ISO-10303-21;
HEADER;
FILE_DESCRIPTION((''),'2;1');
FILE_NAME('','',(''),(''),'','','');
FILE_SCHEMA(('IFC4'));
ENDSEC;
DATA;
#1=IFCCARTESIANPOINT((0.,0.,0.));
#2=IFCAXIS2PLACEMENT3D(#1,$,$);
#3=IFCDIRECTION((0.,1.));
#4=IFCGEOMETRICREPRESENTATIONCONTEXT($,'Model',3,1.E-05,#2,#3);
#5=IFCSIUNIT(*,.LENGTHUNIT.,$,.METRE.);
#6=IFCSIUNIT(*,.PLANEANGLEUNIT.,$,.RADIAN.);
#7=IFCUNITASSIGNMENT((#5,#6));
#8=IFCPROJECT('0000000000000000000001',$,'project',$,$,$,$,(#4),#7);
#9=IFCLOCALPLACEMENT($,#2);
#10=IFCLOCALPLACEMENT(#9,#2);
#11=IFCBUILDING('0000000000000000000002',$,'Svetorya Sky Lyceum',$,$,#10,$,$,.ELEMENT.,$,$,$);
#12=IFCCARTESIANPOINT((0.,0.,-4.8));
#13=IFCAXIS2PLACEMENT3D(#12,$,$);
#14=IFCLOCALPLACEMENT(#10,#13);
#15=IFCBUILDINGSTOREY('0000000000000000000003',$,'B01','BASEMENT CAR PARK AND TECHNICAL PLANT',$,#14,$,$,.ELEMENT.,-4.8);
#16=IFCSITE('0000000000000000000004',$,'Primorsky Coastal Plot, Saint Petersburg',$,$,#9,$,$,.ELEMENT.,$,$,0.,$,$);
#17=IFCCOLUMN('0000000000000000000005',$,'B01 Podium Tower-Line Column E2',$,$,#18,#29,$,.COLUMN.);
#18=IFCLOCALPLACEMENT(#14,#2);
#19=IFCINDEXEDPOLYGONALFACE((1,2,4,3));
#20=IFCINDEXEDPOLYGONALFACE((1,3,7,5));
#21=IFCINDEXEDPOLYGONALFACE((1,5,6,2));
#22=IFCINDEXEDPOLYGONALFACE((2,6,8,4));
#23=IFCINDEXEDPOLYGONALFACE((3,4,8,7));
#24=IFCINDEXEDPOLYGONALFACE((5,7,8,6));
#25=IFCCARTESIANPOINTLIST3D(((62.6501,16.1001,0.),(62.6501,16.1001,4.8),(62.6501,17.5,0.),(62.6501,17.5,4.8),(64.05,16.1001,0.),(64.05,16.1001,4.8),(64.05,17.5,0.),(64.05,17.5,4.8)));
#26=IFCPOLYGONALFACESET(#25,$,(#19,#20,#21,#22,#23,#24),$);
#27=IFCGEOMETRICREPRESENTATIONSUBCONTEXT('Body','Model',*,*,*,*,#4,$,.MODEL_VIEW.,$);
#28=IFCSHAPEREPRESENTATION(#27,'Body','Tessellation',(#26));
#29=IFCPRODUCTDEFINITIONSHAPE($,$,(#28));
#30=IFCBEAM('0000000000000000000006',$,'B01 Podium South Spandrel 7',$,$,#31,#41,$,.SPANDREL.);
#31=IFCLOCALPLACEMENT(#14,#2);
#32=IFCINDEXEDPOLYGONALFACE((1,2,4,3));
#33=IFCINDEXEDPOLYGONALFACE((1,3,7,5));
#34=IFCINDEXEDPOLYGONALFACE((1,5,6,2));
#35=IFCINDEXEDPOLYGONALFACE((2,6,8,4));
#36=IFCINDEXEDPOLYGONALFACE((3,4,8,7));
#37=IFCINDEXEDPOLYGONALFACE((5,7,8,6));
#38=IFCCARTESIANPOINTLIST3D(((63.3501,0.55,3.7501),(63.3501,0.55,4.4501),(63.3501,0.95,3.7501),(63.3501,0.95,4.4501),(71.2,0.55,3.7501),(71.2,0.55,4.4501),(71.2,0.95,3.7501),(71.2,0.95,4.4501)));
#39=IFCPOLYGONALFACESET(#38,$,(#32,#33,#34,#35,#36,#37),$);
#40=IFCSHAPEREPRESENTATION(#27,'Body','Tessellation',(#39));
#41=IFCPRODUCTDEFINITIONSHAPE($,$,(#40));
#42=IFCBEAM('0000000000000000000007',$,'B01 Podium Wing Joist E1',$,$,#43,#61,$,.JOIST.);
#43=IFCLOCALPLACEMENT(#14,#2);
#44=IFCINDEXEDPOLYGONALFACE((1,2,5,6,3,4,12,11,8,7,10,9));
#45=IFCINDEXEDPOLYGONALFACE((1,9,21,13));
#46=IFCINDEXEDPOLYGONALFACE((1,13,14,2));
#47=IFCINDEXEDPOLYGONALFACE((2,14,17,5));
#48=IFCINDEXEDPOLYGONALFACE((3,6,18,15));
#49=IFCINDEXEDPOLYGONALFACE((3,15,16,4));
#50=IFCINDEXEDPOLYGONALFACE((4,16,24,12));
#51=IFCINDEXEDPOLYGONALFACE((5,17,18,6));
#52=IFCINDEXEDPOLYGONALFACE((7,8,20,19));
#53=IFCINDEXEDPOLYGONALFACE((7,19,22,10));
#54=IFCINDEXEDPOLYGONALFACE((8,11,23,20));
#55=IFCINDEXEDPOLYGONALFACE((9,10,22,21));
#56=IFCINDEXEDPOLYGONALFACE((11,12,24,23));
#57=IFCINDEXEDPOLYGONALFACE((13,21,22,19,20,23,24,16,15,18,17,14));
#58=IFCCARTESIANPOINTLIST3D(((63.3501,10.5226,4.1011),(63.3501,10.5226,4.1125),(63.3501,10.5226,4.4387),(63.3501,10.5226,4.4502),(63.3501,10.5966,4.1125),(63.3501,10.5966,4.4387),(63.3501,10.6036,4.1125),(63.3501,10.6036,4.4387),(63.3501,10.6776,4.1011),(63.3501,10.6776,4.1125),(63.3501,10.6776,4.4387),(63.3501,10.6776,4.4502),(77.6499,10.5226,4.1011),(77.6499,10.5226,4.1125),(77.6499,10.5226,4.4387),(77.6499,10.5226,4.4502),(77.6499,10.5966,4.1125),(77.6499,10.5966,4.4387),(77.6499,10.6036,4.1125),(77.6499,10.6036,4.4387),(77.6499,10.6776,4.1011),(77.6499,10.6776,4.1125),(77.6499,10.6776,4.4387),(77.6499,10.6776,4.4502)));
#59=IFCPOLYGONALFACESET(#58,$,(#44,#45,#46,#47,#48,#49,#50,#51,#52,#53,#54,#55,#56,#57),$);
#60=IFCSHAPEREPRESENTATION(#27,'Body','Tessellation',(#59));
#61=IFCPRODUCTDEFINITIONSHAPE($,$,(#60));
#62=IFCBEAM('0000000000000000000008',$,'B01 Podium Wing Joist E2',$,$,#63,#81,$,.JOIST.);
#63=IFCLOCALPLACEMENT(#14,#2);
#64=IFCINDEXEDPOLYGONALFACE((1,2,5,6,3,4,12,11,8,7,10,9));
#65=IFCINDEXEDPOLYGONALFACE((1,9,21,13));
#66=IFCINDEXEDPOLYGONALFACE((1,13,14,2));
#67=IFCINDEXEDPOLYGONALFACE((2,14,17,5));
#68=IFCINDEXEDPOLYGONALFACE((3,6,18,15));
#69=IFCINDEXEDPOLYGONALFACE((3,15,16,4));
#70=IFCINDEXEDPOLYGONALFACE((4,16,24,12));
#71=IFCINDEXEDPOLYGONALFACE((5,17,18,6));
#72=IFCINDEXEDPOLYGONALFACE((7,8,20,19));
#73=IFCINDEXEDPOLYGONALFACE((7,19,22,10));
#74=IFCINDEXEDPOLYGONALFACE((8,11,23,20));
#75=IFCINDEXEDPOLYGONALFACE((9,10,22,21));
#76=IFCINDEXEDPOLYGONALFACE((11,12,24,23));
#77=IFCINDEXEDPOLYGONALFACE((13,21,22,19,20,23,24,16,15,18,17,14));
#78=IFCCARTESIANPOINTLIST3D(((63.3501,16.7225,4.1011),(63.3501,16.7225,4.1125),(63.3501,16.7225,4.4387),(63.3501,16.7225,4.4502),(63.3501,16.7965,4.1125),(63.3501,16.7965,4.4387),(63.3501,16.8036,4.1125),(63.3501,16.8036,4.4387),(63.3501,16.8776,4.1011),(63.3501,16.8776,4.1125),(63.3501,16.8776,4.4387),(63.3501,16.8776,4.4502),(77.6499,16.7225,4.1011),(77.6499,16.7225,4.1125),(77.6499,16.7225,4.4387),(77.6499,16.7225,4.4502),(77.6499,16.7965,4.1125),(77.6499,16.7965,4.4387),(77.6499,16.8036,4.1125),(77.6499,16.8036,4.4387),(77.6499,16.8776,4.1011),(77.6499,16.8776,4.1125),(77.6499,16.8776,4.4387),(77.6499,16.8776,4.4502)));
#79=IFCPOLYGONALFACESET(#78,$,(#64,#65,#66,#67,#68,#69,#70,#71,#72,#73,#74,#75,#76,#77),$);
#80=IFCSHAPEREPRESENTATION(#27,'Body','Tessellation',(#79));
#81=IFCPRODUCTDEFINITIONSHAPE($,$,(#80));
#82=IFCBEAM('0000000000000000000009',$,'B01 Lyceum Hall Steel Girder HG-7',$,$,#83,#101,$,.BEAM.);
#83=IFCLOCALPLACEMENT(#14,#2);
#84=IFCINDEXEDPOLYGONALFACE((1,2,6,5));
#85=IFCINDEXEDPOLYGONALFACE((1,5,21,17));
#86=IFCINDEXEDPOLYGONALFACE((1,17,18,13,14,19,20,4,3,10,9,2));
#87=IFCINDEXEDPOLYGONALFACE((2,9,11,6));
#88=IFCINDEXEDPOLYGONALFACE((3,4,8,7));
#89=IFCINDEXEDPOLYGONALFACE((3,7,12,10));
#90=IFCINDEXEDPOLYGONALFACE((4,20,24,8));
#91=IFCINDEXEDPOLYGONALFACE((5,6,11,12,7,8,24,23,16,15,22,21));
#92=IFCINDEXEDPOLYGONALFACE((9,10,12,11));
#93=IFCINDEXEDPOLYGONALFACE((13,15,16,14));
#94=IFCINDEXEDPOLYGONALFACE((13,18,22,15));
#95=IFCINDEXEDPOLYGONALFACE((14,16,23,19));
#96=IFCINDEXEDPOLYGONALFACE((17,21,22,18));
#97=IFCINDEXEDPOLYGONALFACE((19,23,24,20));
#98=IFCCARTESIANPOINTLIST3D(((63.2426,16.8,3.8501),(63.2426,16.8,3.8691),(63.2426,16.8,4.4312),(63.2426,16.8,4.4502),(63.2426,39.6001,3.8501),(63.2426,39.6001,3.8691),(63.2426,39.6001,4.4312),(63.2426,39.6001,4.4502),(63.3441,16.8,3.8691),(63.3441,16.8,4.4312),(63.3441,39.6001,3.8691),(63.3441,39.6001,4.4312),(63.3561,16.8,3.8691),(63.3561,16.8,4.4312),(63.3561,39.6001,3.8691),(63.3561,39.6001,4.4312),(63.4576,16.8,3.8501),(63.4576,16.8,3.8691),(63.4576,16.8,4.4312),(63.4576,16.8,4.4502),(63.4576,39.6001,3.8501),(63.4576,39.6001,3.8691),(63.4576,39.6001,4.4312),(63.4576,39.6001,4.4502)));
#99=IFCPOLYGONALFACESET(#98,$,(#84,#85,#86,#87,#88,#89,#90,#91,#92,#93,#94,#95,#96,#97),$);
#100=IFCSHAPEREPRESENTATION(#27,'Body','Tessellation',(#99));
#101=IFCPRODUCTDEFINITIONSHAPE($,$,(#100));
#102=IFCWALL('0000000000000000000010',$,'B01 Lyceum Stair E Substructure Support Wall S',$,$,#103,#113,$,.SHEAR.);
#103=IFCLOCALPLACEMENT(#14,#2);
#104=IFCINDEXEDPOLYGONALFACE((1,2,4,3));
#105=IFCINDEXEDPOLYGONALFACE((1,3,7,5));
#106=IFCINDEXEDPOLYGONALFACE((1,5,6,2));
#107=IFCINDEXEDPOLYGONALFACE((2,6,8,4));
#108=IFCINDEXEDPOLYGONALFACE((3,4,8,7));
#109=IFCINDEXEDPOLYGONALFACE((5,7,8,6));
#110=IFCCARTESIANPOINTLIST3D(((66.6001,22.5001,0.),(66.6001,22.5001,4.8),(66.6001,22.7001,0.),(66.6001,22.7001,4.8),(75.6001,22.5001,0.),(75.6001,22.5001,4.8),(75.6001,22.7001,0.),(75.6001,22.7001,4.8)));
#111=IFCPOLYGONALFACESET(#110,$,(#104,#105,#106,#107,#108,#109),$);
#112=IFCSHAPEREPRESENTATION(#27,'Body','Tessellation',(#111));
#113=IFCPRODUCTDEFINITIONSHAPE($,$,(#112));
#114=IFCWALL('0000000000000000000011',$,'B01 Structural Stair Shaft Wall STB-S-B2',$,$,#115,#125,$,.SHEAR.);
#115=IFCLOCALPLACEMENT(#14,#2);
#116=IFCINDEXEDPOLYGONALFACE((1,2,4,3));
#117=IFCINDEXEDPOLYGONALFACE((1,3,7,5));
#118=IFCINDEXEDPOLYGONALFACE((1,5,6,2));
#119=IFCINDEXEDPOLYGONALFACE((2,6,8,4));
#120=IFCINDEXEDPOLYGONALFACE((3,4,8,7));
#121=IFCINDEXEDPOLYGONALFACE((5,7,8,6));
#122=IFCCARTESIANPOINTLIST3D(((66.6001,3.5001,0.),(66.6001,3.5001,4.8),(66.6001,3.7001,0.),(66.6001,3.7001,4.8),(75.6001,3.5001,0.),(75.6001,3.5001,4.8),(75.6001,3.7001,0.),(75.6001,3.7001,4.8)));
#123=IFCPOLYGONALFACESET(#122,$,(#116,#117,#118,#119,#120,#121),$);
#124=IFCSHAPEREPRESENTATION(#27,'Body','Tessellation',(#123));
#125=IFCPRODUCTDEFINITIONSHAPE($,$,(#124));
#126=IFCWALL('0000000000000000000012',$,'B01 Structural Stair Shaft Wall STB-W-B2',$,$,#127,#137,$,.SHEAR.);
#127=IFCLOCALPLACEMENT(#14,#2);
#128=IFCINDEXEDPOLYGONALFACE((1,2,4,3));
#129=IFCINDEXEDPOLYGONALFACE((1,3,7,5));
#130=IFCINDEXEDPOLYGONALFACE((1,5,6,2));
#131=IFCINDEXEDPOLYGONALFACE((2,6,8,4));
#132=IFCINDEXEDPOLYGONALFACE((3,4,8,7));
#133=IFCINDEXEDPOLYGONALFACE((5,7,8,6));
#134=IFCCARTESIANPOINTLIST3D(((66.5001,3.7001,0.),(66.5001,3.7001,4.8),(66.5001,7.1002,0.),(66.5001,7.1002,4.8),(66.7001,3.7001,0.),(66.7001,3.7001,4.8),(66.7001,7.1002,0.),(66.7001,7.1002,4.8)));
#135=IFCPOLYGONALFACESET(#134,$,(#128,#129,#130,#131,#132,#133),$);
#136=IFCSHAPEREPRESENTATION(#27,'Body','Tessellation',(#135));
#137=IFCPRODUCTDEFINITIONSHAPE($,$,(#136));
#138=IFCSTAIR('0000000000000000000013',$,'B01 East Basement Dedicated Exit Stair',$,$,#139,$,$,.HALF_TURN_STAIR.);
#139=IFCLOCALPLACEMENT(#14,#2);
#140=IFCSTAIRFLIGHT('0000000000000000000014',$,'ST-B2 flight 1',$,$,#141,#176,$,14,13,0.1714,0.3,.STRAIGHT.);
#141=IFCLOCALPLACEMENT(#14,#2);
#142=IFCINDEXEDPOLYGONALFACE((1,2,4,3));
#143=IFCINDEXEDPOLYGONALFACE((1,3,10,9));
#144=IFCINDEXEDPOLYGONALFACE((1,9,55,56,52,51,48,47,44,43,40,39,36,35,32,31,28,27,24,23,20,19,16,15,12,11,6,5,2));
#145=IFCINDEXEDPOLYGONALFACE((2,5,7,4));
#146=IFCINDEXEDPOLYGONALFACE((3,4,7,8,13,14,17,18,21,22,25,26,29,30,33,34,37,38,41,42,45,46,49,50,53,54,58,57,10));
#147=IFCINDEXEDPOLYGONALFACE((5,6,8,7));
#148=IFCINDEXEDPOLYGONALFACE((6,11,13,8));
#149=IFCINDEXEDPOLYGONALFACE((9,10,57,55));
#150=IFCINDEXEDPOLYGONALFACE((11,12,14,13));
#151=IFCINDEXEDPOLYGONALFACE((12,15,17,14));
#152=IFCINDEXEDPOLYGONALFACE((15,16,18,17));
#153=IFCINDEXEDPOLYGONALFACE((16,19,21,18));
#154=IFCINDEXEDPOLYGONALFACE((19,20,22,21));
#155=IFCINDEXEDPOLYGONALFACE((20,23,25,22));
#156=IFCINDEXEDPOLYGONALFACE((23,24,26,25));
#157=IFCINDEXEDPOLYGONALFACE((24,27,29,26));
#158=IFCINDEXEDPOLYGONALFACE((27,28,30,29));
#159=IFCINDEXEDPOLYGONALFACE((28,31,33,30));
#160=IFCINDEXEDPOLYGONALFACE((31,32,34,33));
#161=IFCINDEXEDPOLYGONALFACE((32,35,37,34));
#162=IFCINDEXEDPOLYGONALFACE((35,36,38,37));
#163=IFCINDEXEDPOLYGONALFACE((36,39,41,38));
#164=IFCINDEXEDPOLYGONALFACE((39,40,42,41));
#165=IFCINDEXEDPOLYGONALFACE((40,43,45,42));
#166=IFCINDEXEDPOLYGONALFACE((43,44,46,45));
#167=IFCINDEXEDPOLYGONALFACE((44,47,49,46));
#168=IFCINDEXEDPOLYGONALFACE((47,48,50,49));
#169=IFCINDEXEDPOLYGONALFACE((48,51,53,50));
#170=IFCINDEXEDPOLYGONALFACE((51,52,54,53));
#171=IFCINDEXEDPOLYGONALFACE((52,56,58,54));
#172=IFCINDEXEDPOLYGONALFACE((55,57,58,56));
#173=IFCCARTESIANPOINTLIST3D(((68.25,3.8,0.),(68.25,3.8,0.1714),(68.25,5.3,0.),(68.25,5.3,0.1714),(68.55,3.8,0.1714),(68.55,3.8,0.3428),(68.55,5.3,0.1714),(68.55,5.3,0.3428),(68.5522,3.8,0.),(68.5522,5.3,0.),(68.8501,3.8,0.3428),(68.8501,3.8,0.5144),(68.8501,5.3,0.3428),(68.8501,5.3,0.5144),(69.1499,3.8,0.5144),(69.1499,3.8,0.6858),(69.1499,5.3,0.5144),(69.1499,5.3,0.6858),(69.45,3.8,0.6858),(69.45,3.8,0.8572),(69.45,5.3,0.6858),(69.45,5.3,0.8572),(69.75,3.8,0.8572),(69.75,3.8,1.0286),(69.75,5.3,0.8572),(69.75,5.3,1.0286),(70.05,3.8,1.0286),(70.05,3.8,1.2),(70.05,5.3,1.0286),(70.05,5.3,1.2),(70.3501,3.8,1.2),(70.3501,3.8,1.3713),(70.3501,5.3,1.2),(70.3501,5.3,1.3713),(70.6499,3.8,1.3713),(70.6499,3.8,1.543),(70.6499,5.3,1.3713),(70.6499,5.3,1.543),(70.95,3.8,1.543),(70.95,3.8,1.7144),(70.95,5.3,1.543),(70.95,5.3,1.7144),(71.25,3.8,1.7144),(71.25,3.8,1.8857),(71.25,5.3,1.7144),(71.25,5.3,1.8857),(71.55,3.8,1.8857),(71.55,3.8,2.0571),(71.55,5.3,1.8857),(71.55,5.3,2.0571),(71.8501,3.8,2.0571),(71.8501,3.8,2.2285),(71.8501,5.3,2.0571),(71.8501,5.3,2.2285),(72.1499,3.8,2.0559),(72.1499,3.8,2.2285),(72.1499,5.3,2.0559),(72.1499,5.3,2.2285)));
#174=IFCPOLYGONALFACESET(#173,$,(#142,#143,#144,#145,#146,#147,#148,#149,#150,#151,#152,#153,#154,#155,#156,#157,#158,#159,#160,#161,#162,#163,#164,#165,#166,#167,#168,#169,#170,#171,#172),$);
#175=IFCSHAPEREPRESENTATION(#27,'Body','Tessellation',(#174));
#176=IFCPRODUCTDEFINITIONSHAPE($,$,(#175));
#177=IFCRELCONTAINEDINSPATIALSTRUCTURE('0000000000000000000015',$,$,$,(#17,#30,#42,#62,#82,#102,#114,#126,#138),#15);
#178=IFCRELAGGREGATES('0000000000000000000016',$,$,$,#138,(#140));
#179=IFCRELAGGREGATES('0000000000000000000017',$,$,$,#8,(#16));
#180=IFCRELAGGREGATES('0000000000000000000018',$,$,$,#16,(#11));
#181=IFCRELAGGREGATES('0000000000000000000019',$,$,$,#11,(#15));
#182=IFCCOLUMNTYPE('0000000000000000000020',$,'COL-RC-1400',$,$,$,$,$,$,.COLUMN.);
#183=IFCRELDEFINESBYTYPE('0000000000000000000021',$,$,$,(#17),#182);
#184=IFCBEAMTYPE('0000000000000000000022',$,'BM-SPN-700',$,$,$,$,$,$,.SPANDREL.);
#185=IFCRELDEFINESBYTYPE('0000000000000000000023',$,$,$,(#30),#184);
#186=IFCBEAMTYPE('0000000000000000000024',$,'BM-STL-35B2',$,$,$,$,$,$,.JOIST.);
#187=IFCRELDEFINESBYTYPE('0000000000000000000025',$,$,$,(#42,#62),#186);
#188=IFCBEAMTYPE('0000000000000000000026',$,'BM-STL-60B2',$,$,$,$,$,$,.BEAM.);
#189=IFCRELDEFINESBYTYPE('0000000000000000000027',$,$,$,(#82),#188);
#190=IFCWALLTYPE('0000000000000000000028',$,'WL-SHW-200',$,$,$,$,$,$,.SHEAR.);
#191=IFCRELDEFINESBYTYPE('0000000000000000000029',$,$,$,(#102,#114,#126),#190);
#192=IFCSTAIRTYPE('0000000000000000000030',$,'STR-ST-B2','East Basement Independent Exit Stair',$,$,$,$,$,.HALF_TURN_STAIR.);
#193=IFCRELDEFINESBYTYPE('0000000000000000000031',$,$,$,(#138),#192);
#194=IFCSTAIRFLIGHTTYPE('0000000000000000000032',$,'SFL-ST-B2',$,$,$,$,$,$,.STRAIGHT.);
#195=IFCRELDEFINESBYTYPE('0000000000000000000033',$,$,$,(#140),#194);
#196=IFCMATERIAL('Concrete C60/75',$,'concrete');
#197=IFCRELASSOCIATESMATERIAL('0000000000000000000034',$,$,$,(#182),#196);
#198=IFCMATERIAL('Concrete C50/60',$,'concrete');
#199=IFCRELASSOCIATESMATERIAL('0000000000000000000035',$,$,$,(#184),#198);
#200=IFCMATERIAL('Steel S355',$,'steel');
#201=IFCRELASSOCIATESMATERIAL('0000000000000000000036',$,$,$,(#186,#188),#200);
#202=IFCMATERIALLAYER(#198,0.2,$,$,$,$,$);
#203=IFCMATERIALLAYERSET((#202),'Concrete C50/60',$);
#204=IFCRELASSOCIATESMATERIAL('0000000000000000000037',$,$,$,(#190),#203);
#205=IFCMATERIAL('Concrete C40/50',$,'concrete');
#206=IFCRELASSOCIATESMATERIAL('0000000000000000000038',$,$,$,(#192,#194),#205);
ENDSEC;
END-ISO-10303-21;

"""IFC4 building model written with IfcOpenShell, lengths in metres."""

from ifc_helpers import new_model, si_unit, direction, frame, frame_2d, origin, origin_2d, place, context, subcontext, project, spatial, polyline, rectangle, i_section, outline, extrude, material, layer, layer_set, material_profile, profile_set, type_object, element, aggregate, save


model = new_model("IFC4")

# Units and contexts
model_context = context("Model", 3, precision=1e-05, world=origin(), true_north=direction((0.0, 1.0)))
body_context = subcontext(model_context, "Body", "Model", "MODEL_VIEW")
ifc_project = project(units=[si_unit("LENGTHUNIT", "METRE"), si_unit("PLANEANGLEUNIT", "RADIAN")], contexts=[model_context])

# Site, building, storey
site_placement = place(None, origin())
site = spatial("IfcSite", under=ifc_project, at=site_placement, Name="Primorsky Coastal Plot, Saint Petersburg", CompositionType="ELEMENT", RefElevation=0.0)
building_placement = place(site_placement, origin())
building = spatial("IfcBuilding", under=site, at=building_placement, Name="Svetorya Sky Lyceum", CompositionType="ELEMENT")
storey_placement = place(building_placement, frame((0.0, 0.0, -4.8)))
storey = spatial("IfcBuildingStorey", under=building, at=storey_placement, Name="B01", Description="BASEMENT CAR PARK AND TECHNICAL PLANT", CompositionType="ELEMENT", Elevation=-4.8)

# Shared definitions
ifc_material_1 = material(Name="Concrete C40/50", Category="concrete")

# Column
ifc_material_2 = material(Name="Concrete C60/75", Category="concrete")
ifc_material_profile_1 = material_profile(ifc_material_2, rectangle(XDim=1.3999, YDim=1.3999, at=origin_2d()), Name="RC COL 1400x1400")
ifc_profile_set_1 = profile_set([ifc_material_profile_1], Name="Concrete C60/75")
column_type_1 = type_object("IfcColumnType", Name="COL-RC-1400", PredefinedType="COLUMN", material=ifc_profile_set_1)
for number, where, z_axis, x_axis, name in (
    (1, (63.3501, 16.8, 0.0), (0.0, 0.0, 1.0), (1.0, 0.0, 0.0), "B01 Podium Tower-Line Column E2"),
):
    element("IfcColumn", number, at=place(storey_placement, frame(where, z_axis=z_axis, x_axis=x_axis)), inside=storey, type_object=column_type_1, Name=name, PredefinedType="COLUMN", context=body_context, shape_type="SweptSolid", body=[
        extrude(rectangle(XDim=1.3999, YDim=1.3999, at=origin_2d()), origin(), (0.0, 0.0, 1.0), 4.8),
    ])

# Beams
ifc_material_3 = material(Name="Concrete C50/60", Category="concrete")
ifc_material_profile_2 = material_profile(ifc_material_3, rectangle(XDim=0.3999, YDim=0.7, at=origin_2d()), Name="RC SPANDREL 400x700")
ifc_profile_set_2 = profile_set([ifc_material_profile_2], Name="Concrete C50/60")
beam_type_1 = type_object("IfcBeamType", Name="BM-SPN-700", PredefinedType="SPANDREL", material=ifc_profile_set_2)
beam_1_placement = place(storey_placement, frame((63.3501, 0.75, 4.1001), z_axis=(1.0, 0.0, 0.0), x_axis=(0.0, 1.0, 0.0)))
element("IfcBeam", 2, at=beam_1_placement, inside=storey, type_object=beam_type_1, Name="B01 Podium South Spandrel 7", PredefinedType="SPANDREL", context=body_context, shape_type="SweptSolid", body=[
    extrude(rectangle(XDim=0.3999, YDim=0.7, at=origin_2d()), origin(), (0.0, 0.0, 1.0), 7.8499),
])
ifc_material_4 = material(Name="Steel S355", Category="steel")
ifc_material_profile_3 = material_profile(ifc_material_4, i_section(OverallWidth=0.155, OverallDepth=0.3491, WebThickness=0.0071, FlangeThickness=0.0115, at=origin_2d()), Name="GOST 35B2")
ifc_profile_set_3 = profile_set([ifc_material_profile_3], Name="Steel S355")
beam_type_2 = type_object("IfcBeamType", Name="BM-STL-35B2", PredefinedType="JOIST", material=ifc_profile_set_3)
for number, where, z_axis, x_axis, name in (
    (3, (63.3501, 10.6001, 4.2756), (1.0, 0.0, 0.0), (0.0, 1.0, 0.0), "B01 Podium Wing Joist E1"),
    (4, (63.3501, 16.8, 4.2756), (1.0, 0.0, 0.0), (0.0, 1.0, 0.0), "B01 Podium Wing Joist E2"),
):
    element("IfcBeam", number, at=place(storey_placement, frame(where, z_axis=z_axis, x_axis=x_axis)), inside=storey, type_object=beam_type_2, Name=name, PredefinedType="JOIST", context=body_context, shape_type="SweptSolid", body=[
        extrude(i_section(OverallWidth=0.155, OverallDepth=0.3491, WebThickness=0.0071, FlangeThickness=0.0115, at=origin_2d()), origin(), (0.0, 0.0, 1.0), 14.2998),
    ])
ifc_material_profile_4 = material_profile(ifc_material_4, i_section(OverallWidth=0.2151, OverallDepth=0.6001, WebThickness=0.012, FlangeThickness=0.019, at=origin_2d()), Name="GOST 60B2")
ifc_profile_set_4 = profile_set([ifc_material_profile_4], Name="Steel S355")
beam_type_3 = type_object("IfcBeamType", Name="BM-STL-60B2", PredefinedType="BEAM", material=ifc_profile_set_4)
beam_2_placement = place(storey_placement, frame((63.3501, 16.8, 4.1501), z_axis=(0.0, 1.0, 0.0), x_axis=(-1.0, 0.0, 0.0)))
element("IfcBeam", 5, at=beam_2_placement, inside=storey, type_object=beam_type_3, Name="B01 Lyceum Hall Steel Girder HG-7", PredefinedType="BEAM", context=body_context, shape_type="SweptSolid", body=[
    extrude(i_section(OverallWidth=0.2151, OverallDepth=0.6001, WebThickness=0.012, FlangeThickness=0.019, at=origin_2d()), origin(), (0.0, 0.0, 1.0), 22.8),
])

# Walls
ifc_layer = layer(ifc_material_3, 0.2)
ifc_layer_set = layer_set([ifc_layer], Name="Concrete C50/60")
wall_type = type_object("IfcWallType", Name="WL-SHW-200", PredefinedType="SHEAR", material=ifc_layer_set)
for number, where, z_axis, x_axis, name in (
    (6, (66.6001, 22.6001, 0.0), (0.0, 0.0, 1.0), (1.0, 0.0, 0.0), "B01 Lyceum Stair E Substructure Support Wall S"),
    (7, (66.6001, 3.6001, 0.0), (0.0, 0.0, 1.0), (1.0, 0.0, 0.0), "B01 Structural Stair Shaft Wall STB-S-B2"),
):
    element("IfcWall", number, at=place(storey_placement, frame(where, z_axis=z_axis, x_axis=x_axis)), inside=storey, type_object=wall_type, Name=name, PredefinedType="SHEAR", context=body_context, shape_type="SweptSolid", body=[
        extrude(rectangle(XDim=9.0, YDim=0.2, at=frame_2d((4.5, 0.0))), origin(), (0.0, 0.0, 1.0), 4.8),
    ])
wall_placement = place(storey_placement, frame((66.6001, 3.7, 0.0), z_axis=(0.0, 0.0, 1.0), x_axis=(0.0, 1.0, 0.0)))
element("IfcWall", 8, at=wall_placement, inside=storey, type_object=wall_type, Name="B01 Structural Stair Shaft Wall STB-W-B2", PredefinedType="SHEAR", context=body_context, shape_type="SweptSolid", body=[
    extrude(rectangle(XDim=3.4001, YDim=0.2, at=frame_2d((1.7002, 0.0))), origin(), (0.0, 0.0, 1.0), 4.8),
])

# Stair, stair flight
stair_type = type_object("IfcStairType", Name="STR-ST-B2", Description="East Basement Independent Exit Stair", PredefinedType="HALF_TURN_STAIR", material=ifc_material_1)
stair_placement = place(storey_placement, origin())
stair = element("IfcStair", 9, at=stair_placement, inside=storey, type_object=stair_type, Name="B01 East Basement Dedicated Exit Stair", PredefinedType="HALF_TURN_STAIR")
stair_flight_type = type_object("IfcStairFlightType", Name="SFL-ST-B2", PredefinedType="STRAIGHT", material=ifc_material_1)
stair_flight_placement = place(storey_placement, frame((68.25, 4.55, 0.0), z_axis=(0.0, 0.0, 1.0), x_axis=(1.0, 0.0, 0.0)))
stair_flight = element("IfcStairFlight", 10, at=stair_flight_placement, type_object=stair_flight_type, Name="ST-B2 flight 1", NumberOfRisers=14, NumberOfTreads=13, PredefinedType="STRAIGHT", RiserHeight=0.1714, TreadLength=0.3, context=body_context, shape_type="SweptSolid", body=[
    extrude(outline(polyline([(0.0, 0.0), (0.0, 0.1714), (0.3, 0.1714), (0.3, 0.3428), (0.6001, 0.3428), (0.6001, 0.5144), (0.8999, 0.5144), (0.8999, 0.6858), (1.2, 0.6858), (1.2, 0.8572), (1.5, 0.8572), (1.5, 1.0286), (1.8, 1.0286), (1.8, 1.2), (2.1001, 1.2), (2.1001, 1.3713), (2.3999, 1.3713), (2.3999, 1.543), (2.7, 1.543), (2.7, 1.7144), (3.0, 1.7144), (3.0, 1.8857), (3.3, 1.8857), (3.3, 2.0571), (3.6001, 2.0571), (3.6001, 2.2285), (3.8999, 2.2285), (3.8999, 2.3999), (3.8999, 2.0559), (0.3022, 0.0), (0.0, 0.0)])), frame((0.0, 0.75, 0.0), z_axis=(0.0, -1.0, 0.0), x_axis=(1.0, 0.0, 0.0)), (0.0, 0.0, 1.0), 1.5),
])
aggregate(stair, [stair_flight])

save(model, "model.ifc")
